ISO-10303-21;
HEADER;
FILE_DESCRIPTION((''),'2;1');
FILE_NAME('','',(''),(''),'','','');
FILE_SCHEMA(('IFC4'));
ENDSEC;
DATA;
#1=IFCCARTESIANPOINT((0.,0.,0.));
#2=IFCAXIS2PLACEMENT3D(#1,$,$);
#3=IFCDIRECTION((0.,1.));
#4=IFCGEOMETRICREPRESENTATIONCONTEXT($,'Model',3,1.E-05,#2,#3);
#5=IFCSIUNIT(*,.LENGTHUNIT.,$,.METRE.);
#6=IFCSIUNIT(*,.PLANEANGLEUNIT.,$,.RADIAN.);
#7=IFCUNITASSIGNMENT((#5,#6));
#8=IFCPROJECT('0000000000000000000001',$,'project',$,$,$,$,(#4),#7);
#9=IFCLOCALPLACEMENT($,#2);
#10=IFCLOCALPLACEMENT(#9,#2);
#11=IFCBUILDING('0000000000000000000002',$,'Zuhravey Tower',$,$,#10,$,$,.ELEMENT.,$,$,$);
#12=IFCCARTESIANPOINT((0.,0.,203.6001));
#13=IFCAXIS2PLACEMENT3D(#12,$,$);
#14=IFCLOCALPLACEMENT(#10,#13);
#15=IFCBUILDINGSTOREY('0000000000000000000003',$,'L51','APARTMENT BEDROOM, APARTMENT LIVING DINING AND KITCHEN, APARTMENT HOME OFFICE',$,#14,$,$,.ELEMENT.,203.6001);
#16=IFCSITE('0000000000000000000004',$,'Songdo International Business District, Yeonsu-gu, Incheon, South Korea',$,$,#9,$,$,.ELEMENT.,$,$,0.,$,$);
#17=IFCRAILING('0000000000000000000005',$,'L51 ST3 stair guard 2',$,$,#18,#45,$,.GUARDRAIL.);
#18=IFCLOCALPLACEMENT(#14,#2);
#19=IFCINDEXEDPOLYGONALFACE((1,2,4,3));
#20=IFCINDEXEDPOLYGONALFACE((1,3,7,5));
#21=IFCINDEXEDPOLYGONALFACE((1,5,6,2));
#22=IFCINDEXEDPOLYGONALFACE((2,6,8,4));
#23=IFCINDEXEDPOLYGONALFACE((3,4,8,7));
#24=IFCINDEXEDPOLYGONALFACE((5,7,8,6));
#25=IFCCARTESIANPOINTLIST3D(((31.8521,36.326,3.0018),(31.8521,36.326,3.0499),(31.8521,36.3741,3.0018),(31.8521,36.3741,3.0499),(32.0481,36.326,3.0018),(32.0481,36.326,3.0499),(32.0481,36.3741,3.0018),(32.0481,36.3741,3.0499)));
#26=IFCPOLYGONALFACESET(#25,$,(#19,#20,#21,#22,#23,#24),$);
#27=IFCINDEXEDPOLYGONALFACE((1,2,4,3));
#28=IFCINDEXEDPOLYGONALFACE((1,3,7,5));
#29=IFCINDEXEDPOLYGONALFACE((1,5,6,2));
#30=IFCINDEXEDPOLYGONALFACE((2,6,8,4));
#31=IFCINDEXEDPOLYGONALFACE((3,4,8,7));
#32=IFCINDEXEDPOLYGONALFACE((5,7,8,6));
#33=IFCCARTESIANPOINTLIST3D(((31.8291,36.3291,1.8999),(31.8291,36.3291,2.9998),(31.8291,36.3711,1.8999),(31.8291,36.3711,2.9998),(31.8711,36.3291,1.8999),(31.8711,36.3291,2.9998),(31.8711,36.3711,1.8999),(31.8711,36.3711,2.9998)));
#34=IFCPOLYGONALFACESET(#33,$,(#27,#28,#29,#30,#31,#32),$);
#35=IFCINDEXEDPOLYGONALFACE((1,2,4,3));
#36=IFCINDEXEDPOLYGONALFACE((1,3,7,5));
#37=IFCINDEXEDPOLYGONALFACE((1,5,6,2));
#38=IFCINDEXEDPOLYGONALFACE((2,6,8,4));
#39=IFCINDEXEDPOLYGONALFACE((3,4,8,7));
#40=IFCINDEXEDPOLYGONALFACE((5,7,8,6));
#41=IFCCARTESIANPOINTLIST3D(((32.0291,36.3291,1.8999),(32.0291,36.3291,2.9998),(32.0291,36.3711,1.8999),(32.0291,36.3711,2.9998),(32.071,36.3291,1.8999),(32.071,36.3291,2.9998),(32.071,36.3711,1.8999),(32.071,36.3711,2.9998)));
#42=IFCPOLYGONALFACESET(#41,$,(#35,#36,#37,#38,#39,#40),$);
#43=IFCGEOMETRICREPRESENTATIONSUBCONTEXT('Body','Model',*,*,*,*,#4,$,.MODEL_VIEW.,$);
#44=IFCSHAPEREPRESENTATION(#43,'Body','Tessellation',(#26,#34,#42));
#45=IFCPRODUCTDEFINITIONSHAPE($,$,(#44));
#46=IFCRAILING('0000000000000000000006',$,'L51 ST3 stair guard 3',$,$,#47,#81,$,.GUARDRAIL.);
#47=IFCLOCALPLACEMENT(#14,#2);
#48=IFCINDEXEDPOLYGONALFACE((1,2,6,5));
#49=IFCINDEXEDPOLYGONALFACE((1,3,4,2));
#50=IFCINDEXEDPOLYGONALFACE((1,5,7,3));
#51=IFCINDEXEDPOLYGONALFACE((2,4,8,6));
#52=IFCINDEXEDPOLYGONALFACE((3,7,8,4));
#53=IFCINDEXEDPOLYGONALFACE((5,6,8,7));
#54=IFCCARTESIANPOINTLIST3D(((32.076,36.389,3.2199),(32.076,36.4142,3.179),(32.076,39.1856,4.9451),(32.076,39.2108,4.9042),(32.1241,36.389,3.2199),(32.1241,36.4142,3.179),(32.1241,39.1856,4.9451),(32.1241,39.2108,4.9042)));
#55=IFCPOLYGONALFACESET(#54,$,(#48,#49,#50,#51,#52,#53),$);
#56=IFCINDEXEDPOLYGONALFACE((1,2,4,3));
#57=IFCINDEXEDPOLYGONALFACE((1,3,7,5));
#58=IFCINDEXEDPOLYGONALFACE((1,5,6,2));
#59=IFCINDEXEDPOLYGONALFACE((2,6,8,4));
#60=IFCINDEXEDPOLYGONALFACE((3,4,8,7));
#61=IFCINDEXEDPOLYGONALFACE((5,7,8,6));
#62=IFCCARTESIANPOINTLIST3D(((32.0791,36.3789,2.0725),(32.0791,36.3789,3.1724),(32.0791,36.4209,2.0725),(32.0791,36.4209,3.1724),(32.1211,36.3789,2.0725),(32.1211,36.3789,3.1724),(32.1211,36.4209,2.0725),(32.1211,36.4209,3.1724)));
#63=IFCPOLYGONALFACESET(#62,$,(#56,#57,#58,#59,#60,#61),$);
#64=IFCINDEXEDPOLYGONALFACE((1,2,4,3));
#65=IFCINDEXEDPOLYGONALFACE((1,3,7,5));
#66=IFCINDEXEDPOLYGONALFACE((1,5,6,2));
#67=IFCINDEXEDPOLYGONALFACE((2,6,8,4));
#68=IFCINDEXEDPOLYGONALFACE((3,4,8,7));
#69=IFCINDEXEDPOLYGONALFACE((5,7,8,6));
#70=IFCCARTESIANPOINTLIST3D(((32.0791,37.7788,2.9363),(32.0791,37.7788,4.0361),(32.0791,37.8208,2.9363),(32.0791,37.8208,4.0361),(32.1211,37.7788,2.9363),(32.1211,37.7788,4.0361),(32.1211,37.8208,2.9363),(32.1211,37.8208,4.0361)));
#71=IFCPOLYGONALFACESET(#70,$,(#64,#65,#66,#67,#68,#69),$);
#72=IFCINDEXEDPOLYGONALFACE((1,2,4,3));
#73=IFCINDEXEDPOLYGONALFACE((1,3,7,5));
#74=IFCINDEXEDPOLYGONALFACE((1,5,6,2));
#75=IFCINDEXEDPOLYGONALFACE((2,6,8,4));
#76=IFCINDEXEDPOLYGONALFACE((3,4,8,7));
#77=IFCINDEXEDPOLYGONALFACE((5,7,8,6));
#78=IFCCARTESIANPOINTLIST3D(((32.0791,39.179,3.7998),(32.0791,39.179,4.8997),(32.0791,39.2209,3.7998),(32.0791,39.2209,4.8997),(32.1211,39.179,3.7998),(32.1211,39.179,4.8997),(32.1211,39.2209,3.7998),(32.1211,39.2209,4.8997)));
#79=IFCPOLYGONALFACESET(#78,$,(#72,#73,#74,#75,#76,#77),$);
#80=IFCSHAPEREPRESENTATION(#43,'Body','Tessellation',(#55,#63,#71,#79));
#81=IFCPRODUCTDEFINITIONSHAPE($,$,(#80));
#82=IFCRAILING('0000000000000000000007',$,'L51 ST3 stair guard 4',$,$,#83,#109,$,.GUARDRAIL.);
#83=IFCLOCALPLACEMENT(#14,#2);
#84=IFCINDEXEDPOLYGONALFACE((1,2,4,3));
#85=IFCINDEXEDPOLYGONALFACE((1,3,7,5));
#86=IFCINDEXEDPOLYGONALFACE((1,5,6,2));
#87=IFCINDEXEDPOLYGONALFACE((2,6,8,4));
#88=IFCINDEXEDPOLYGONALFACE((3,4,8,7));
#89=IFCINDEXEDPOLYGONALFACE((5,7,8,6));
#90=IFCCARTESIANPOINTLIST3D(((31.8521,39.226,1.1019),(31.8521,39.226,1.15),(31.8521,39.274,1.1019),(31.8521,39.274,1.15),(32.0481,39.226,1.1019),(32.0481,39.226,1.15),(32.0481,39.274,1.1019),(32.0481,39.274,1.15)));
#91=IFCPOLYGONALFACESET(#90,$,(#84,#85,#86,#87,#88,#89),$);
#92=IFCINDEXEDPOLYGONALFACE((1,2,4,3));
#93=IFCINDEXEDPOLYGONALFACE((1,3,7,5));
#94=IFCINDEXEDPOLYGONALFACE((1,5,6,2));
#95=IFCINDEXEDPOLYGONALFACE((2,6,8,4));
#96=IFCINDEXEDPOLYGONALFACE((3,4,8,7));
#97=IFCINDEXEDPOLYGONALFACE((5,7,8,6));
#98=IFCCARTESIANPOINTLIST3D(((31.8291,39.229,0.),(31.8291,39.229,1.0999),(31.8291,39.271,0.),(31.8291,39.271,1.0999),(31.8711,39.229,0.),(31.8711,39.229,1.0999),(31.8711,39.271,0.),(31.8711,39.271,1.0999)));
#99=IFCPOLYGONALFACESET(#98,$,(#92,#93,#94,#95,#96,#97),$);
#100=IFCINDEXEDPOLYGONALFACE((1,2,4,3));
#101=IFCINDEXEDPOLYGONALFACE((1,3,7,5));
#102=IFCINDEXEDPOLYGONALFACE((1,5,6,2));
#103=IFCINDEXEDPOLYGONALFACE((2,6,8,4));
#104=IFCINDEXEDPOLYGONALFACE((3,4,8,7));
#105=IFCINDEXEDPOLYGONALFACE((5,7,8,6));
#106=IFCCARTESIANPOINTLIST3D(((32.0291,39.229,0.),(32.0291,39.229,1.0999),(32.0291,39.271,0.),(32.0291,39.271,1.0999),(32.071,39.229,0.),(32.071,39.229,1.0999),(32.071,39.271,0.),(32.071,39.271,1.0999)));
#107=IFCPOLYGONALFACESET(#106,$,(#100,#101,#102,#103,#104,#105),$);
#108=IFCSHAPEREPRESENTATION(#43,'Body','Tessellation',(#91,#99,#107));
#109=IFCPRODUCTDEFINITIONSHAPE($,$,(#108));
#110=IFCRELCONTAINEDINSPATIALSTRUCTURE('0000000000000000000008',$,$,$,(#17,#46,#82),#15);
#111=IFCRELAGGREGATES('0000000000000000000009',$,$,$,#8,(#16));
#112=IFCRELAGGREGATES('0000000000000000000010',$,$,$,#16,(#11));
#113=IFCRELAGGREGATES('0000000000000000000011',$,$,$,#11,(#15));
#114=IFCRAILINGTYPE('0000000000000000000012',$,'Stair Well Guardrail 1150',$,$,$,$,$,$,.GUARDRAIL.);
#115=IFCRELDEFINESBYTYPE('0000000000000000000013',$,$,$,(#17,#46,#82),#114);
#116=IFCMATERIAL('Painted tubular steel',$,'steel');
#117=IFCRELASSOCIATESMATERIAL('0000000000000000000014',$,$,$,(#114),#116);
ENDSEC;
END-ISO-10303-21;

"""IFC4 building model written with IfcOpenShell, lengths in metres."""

from ifc_helpers import new_model, si_unit, direction, frame, origin, origin_2d, place, context, subcontext, project, spatial, rectangle, extrude, material, type_object, element, save


model = new_model("IFC4")

# Units and contexts
model_context = context("Model", 3, precision=1e-05, world=origin(), true_north=direction((0.0, 1.0)))
body_context = subcontext(model_context, "Body", "Model", "MODEL_VIEW")
ifc_project = project(units=[si_unit("LENGTHUNIT", "METRE"), si_unit("PLANEANGLEUNIT", "RADIAN")], contexts=[model_context])

# Site, building, storey
site_placement = place(None, origin())
site = spatial("IfcSite", under=ifc_project, at=site_placement, Name="Songdo International Business District, Yeonsu-gu, Incheon, South Korea", CompositionType="ELEMENT", RefElevation=0.0)
building_placement = place(site_placement, origin())
building = spatial("IfcBuilding", under=site, at=building_placement, Name="Zuhravey Tower", CompositionType="ELEMENT")
storey_placement = place(building_placement, frame((0.0, 0.0, 203.6001)))
storey = spatial("IfcBuildingStorey", under=building, at=storey_placement, Name="L51", Description="APARTMENT BEDROOM, APARTMENT LIVING DINING AND KITCHEN, APARTMENT HOME OFFICE", CompositionType="ELEMENT", Elevation=203.6001)

# Railings
ifc_material_1 = material(Name="Painted tubular steel", Category="steel")
railing_type_1 = type_object("IfcRailingType", Name="Stair Well Guardrail 1150", PredefinedType="GUARDRAIL", material=ifc_material_1)
railing_1_placement = place(storey_placement, frame((31.8501, 36.3501, 1.8999)))
element("IfcRailing", 1, at=railing_1_placement, inside=storey, type_object=railing_type_1, Name="L51 ST3 stair guard 2", PredefinedType="GUARDRAIL", context=body_context, shape_type="SweptSolid", body=[
    extrude(rectangle(XDim=0.0481, YDim=0.0481, at=origin_2d()), frame((0.002, 0.0, 1.126), z_axis=(1.0, 0.0, 0.0), x_axis=(0.0, 1.0, 0.0)), (0.0, 0.0, 1.0), 0.196),
    extrude(rectangle(XDim=0.042, YDim=0.042, at=origin_2d()), origin(), (0.0, 0.0, 1.0), 1.0999),
    extrude(rectangle(XDim=0.042, YDim=0.042, at=origin_2d()), frame((0.2, 0.0, 0.0)), (0.0, 0.0, 1.0), 1.0999),
])
railing_2_placement = place(storey_placement, frame((32.1001, 36.3999, 2.0725)))
element("IfcRailing", 2, at=railing_2_placement, inside=storey, type_object=railing_type_1, Name="L51 ST3 stair guard 3", PredefinedType="GUARDRAIL", context=body_context, shape_type="SweptSolid", body=[
    extrude(rectangle(XDim=0.0481, YDim=0.0481, at=origin_2d()), frame((0.0, 0.0017, 1.127), z_axis=(0.0, 0.85109, 0.52502), x_axis=(-1.0, 0.0, 0.0)), (0.0, 0.0, 1.0), 3.2859),
    extrude(rectangle(XDim=0.042, YDim=0.042, at=origin_2d()), origin(), (0.0, 0.0, 1.0), 1.0999),
    extrude(rectangle(XDim=0.042, YDim=0.042, at=origin_2d()), frame((0.0, 1.3999, 0.8638)), (0.0, 0.0, 1.0), 1.0999),
    extrude(rectangle(XDim=0.042, YDim=0.042, at=origin_2d()), frame((0.0, 2.8, 1.7273)), (0.0, 0.0, 1.0), 1.0999),
])
railing_3_placement = place(storey_placement, frame((31.8501, 39.25, 0.0)))
element("IfcRailing", 3, at=railing_3_placement, inside=storey, type_object=railing_type_1, Name="L51 ST3 stair guard 4", PredefinedType="GUARDRAIL", context=body_context, shape_type="SweptSolid", body=[
    extrude(rectangle(XDim=0.0481, YDim=0.0481, at=origin_2d()), frame((0.002, 0.0, 1.126), z_axis=(1.0, 0.0, 0.0), x_axis=(0.0, 1.0, 0.0)), (0.0, 0.0, 1.0), 0.196),
    extrude(rectangle(XDim=0.042, YDim=0.042, at=origin_2d()), origin(), (0.0, 0.0, 1.0), 1.0999),
    extrude(rectangle(XDim=0.042, YDim=0.042, at=origin_2d()), frame((0.2, 0.0, 0.0)), (0.0, 0.0, 1.0), 1.0999),
])

save(model, "model.ifc")
